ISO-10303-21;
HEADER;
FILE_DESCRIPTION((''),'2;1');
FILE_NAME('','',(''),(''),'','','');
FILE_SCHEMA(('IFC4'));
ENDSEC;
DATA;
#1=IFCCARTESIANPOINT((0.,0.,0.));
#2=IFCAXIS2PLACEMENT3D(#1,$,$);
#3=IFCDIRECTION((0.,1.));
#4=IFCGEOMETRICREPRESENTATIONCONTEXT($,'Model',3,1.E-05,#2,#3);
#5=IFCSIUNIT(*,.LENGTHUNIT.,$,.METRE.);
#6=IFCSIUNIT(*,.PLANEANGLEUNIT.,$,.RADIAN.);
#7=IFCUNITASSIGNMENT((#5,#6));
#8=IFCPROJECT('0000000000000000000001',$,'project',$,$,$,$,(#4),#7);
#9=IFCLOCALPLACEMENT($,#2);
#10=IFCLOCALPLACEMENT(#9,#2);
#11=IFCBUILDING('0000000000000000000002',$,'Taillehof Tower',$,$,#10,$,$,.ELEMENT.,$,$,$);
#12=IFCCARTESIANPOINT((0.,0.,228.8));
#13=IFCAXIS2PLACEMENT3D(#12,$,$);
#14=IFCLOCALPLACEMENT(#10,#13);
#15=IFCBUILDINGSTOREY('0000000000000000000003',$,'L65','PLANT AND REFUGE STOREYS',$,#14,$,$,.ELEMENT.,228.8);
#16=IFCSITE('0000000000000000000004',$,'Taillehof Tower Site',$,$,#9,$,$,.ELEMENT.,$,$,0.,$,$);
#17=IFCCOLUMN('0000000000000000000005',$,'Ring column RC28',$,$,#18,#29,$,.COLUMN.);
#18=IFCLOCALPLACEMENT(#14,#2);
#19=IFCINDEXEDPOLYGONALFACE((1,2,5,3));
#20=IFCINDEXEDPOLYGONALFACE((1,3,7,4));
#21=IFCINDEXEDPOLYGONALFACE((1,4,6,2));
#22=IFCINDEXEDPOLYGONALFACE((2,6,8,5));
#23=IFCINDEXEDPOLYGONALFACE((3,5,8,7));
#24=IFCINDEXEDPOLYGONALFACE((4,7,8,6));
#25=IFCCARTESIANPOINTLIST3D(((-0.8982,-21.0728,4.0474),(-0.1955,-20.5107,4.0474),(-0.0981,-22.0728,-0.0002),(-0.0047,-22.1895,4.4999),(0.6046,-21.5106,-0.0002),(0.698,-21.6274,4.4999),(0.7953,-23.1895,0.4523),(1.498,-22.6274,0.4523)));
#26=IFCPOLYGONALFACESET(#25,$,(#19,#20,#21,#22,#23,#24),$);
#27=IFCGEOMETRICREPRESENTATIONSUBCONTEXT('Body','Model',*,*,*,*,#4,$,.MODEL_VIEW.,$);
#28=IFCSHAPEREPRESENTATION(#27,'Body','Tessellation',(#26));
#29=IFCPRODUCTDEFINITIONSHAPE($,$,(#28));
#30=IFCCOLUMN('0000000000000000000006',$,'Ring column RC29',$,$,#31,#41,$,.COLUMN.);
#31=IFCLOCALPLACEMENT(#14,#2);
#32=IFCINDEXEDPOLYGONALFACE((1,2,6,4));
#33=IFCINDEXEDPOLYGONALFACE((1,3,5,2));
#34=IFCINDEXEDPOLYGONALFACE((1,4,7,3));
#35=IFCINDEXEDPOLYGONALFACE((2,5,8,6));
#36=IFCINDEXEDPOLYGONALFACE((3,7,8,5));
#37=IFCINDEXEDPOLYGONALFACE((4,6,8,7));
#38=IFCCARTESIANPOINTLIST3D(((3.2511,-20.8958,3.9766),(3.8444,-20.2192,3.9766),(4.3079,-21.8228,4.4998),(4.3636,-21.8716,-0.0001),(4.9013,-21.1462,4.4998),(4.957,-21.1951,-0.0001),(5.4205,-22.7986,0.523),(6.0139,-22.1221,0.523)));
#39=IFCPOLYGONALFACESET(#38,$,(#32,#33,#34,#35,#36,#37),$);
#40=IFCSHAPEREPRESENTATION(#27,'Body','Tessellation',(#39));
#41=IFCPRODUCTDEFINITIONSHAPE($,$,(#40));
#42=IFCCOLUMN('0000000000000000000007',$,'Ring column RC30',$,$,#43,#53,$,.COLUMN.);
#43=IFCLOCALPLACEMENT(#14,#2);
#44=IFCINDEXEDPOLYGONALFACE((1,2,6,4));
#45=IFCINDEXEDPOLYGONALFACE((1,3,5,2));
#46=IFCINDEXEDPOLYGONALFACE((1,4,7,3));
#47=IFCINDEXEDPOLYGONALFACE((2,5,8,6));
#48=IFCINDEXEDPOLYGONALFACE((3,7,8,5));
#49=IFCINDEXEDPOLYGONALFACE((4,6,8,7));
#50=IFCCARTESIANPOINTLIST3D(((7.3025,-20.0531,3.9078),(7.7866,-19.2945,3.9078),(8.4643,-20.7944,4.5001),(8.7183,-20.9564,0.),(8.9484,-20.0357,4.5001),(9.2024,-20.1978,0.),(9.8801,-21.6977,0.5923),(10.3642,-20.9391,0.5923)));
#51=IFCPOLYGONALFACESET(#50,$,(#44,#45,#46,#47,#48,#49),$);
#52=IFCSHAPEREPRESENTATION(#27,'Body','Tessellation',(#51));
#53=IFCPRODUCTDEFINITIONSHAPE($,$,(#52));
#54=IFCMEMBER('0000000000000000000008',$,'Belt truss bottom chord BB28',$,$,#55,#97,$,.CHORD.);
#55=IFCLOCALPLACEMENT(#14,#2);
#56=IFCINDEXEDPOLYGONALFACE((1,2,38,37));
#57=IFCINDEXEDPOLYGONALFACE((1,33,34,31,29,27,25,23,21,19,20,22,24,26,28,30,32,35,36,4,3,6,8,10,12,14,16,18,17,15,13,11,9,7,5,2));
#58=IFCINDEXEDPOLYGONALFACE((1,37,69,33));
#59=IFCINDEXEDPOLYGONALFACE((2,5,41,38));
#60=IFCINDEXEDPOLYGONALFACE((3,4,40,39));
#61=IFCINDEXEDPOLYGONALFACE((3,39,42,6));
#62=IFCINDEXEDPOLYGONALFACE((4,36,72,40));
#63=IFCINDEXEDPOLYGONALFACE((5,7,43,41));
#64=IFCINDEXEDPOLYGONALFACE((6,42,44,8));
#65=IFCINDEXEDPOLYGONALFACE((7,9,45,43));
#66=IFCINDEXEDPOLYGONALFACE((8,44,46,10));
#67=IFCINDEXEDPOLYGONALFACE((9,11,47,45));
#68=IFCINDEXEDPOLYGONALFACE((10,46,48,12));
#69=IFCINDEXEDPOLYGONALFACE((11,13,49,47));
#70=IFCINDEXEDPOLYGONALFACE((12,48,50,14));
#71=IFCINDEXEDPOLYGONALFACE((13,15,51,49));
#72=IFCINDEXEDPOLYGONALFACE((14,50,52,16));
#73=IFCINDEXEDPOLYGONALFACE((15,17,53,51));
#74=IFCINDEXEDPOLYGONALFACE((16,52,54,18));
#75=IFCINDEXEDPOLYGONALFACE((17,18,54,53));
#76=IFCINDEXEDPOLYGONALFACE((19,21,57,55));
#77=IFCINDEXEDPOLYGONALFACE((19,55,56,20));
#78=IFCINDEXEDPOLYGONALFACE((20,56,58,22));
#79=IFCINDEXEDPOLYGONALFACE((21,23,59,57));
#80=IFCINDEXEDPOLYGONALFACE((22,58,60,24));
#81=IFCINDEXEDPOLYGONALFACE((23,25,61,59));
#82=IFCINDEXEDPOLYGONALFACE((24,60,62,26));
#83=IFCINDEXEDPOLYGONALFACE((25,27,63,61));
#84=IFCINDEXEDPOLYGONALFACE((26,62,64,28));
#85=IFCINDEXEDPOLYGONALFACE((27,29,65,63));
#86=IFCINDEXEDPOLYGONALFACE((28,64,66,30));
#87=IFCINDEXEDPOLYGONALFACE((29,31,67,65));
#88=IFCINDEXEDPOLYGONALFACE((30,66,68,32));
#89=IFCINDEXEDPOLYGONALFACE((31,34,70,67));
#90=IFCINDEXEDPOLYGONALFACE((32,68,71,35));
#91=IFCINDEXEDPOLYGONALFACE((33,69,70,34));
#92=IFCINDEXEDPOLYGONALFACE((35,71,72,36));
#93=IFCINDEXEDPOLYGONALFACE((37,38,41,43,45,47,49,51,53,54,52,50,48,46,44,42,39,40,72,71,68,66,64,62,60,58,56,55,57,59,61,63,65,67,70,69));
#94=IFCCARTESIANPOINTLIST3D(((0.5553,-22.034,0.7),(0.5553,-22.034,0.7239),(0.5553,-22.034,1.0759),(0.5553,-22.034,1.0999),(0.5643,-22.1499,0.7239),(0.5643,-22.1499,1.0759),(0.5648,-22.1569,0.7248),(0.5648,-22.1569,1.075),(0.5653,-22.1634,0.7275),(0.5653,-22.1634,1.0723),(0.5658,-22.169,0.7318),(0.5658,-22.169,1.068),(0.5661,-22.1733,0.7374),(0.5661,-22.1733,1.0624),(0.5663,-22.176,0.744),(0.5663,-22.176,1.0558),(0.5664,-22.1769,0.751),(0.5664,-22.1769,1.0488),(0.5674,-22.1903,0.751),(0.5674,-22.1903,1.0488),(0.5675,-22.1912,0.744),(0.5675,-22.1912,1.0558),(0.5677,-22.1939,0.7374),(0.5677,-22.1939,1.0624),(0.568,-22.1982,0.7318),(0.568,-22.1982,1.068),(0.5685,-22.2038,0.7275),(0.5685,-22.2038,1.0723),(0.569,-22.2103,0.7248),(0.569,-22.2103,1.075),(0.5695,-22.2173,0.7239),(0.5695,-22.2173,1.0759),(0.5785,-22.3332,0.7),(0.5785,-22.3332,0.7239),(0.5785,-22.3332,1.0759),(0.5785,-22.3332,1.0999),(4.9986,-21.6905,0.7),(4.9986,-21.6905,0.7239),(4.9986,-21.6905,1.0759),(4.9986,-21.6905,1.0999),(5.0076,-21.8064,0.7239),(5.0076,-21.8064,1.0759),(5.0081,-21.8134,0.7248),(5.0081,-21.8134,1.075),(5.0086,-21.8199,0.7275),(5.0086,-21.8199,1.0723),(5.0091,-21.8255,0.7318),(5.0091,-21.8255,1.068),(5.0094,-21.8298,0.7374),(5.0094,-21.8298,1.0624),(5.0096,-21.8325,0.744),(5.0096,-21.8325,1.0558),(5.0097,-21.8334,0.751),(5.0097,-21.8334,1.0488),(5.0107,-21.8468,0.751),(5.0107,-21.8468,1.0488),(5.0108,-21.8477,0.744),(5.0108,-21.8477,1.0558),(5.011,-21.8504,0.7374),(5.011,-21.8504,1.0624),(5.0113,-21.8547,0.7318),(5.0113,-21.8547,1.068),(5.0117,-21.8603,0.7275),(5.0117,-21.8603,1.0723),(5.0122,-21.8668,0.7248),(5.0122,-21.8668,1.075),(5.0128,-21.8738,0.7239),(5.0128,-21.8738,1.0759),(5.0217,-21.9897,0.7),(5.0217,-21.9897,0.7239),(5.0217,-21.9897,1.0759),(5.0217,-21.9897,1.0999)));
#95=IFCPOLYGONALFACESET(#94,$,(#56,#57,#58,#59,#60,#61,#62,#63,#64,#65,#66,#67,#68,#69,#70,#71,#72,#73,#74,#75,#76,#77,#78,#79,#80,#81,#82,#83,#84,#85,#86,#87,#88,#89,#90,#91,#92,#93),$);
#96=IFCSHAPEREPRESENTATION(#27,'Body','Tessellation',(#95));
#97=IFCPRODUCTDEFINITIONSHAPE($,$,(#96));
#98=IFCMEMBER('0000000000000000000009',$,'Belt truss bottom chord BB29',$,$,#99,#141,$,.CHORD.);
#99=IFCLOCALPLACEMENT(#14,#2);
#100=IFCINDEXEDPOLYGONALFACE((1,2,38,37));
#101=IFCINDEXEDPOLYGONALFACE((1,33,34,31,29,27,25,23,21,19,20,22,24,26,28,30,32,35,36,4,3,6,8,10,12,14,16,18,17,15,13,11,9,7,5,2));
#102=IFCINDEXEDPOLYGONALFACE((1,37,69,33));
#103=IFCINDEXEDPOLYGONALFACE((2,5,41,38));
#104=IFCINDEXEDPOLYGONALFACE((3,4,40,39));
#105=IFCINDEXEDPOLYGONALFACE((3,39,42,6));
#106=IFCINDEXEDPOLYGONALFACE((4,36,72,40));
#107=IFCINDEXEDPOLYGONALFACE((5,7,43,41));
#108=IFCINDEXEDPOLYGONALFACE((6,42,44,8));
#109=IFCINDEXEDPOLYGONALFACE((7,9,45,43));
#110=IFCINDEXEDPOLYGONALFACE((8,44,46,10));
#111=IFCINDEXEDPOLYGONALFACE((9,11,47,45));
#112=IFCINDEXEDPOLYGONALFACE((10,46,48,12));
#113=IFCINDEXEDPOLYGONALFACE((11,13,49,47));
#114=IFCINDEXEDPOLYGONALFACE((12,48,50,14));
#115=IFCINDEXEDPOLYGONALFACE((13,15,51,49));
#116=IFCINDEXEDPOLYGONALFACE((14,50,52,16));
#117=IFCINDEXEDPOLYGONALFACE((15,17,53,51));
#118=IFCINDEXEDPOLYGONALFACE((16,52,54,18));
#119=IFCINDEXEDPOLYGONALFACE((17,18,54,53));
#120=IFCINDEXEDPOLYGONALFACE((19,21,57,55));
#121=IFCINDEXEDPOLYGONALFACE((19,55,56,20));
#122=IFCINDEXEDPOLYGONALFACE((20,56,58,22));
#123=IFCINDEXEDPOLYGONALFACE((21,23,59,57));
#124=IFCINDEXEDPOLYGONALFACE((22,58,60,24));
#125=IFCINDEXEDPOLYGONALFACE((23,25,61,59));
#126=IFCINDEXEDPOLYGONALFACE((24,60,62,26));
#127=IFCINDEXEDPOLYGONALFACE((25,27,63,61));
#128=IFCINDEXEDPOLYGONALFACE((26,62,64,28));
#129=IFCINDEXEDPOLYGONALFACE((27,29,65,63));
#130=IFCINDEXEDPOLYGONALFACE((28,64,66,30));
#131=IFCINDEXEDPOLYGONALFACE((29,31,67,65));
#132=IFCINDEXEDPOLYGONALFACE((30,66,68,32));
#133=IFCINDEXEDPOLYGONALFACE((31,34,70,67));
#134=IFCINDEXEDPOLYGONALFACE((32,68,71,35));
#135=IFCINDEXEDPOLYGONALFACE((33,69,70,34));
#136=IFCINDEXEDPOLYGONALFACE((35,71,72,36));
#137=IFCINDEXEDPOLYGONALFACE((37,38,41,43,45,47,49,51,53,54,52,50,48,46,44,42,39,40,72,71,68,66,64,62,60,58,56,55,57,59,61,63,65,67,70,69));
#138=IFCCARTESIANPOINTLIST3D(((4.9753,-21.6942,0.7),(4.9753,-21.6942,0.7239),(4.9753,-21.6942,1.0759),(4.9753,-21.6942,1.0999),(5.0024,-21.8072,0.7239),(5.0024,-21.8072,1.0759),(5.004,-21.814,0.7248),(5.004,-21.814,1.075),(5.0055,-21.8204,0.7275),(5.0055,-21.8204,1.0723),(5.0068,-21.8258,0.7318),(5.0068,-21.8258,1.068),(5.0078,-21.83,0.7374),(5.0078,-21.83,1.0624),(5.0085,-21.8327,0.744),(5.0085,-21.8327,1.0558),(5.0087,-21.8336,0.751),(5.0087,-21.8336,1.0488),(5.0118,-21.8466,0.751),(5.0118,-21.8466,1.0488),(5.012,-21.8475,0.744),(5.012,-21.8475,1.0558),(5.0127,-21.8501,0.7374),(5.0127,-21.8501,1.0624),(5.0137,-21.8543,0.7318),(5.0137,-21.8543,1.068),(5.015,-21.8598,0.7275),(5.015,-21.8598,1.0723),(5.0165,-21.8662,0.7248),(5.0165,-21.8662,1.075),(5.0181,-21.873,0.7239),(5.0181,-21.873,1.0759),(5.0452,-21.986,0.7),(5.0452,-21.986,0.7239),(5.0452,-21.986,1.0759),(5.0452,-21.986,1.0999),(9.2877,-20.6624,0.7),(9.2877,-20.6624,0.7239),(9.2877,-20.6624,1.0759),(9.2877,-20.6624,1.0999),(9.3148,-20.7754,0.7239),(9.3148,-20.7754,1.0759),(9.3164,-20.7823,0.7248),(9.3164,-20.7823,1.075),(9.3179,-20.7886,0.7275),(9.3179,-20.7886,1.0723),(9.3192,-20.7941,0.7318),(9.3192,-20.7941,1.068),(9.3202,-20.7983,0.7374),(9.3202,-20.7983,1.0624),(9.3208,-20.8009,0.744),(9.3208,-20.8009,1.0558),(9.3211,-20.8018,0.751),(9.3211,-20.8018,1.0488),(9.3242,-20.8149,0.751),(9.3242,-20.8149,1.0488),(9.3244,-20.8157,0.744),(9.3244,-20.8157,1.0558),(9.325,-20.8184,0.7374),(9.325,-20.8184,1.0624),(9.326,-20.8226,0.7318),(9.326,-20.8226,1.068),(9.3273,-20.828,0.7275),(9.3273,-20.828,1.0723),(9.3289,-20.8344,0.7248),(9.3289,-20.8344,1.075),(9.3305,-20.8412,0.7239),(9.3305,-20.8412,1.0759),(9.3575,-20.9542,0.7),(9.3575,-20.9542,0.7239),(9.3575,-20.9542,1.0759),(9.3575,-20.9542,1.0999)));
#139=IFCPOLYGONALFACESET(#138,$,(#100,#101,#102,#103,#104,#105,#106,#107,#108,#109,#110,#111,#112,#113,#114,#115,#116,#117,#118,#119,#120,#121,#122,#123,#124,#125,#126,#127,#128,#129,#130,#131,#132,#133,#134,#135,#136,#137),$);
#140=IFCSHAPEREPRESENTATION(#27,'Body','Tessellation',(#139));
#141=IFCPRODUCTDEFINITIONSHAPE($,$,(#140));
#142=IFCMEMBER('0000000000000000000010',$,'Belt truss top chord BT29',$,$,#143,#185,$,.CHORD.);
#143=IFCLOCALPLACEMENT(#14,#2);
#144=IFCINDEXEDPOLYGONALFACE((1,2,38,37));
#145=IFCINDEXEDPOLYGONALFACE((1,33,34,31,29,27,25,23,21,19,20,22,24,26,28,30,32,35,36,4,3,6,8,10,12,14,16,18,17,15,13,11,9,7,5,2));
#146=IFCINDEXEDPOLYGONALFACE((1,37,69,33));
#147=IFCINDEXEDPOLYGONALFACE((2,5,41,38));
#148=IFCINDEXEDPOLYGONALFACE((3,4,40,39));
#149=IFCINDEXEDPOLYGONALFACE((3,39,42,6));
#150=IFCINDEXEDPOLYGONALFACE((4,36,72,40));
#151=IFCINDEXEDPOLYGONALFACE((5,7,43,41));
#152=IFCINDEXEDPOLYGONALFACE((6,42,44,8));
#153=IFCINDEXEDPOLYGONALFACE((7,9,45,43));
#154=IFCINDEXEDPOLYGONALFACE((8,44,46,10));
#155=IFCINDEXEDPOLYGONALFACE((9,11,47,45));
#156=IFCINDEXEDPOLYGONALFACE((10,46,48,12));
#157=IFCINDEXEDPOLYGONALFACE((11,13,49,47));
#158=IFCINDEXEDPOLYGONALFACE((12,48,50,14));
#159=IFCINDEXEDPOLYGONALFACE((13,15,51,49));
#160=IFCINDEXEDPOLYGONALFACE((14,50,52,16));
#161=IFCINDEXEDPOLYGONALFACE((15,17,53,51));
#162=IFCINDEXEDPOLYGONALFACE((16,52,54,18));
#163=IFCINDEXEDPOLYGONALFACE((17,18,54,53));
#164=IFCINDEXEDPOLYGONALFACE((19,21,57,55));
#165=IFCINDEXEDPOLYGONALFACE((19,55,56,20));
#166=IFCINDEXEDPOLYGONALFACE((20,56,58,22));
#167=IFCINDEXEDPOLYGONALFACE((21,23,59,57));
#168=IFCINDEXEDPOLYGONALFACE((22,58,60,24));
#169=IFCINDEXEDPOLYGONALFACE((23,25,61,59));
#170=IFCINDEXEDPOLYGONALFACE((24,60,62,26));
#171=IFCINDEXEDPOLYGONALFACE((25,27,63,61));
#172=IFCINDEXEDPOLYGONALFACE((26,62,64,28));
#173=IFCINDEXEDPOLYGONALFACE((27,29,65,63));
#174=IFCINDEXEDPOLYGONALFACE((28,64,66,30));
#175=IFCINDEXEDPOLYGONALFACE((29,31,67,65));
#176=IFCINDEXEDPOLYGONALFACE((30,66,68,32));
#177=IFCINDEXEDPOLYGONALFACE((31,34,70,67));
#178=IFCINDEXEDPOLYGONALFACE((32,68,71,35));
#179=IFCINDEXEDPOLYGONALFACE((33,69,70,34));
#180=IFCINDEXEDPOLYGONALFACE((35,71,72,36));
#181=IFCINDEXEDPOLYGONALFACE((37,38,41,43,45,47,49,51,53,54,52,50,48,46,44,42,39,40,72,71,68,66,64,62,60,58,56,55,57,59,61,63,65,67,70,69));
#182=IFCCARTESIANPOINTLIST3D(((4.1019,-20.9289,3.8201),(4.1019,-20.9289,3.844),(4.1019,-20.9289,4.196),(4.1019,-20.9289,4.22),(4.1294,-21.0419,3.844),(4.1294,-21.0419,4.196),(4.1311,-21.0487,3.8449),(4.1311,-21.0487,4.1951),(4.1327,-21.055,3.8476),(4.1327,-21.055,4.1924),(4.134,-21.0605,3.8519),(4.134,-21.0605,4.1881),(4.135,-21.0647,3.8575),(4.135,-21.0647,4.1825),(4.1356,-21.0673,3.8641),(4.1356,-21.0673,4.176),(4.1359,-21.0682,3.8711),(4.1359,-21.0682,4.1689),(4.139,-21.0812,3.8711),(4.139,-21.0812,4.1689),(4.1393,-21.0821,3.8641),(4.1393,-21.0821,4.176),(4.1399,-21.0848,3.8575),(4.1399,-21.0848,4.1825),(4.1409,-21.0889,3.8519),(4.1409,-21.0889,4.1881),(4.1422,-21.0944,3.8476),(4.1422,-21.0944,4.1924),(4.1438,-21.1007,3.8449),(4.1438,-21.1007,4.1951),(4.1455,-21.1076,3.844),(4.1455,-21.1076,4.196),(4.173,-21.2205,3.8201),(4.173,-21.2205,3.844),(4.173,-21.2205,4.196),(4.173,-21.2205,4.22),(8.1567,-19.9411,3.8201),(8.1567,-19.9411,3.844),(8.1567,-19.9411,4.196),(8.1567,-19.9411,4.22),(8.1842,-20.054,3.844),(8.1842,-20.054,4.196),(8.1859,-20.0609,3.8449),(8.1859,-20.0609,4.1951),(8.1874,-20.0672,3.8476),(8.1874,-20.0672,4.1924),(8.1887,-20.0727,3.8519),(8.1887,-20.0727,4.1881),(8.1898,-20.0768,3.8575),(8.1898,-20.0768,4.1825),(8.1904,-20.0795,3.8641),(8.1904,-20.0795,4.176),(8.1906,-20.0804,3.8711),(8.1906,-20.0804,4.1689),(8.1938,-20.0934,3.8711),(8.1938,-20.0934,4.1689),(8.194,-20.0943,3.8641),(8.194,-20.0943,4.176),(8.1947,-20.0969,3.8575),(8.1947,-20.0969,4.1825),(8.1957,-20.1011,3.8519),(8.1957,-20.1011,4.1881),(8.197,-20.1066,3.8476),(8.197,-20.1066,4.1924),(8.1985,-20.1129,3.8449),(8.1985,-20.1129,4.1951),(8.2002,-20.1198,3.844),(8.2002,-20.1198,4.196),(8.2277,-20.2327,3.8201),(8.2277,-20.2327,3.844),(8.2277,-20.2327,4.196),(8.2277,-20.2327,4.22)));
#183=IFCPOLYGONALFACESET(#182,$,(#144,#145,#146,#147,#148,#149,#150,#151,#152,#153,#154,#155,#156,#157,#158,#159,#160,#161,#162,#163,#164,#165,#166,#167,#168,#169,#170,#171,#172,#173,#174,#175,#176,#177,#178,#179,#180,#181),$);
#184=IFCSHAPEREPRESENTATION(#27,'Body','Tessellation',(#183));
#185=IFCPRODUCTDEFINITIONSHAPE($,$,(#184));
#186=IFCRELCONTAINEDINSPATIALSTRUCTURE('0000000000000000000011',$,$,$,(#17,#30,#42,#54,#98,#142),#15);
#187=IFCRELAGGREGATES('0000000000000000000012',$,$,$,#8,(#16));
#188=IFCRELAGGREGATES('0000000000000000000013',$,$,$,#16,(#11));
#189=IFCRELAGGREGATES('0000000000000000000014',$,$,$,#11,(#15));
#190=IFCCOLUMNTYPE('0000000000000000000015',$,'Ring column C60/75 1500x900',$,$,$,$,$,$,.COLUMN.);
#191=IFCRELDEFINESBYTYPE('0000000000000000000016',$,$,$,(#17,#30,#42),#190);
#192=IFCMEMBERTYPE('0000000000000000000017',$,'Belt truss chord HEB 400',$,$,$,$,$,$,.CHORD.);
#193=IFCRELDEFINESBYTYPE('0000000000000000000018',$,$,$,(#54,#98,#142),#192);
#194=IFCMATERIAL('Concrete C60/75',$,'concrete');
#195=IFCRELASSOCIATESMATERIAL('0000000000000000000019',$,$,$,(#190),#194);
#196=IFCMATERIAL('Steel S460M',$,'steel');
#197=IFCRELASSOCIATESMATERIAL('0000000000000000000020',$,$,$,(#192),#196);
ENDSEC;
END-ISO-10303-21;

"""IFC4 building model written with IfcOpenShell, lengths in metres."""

from ifc_helpers import new_model, si_unit, direction, frame, origin, origin_2d, place, context, subcontext, project, spatial, rectangle, i_section, extrude, material, material_profile, profile_set, type_object, element, save


model = new_model("IFC4")

# Units and contexts
model_context = context("Model", 3, precision=1e-05, world=origin(), true_north=direction((0.0, 1.0)))
body_context = subcontext(model_context, "Body", "Model", "MODEL_VIEW")
ifc_project = project(units=[si_unit("LENGTHUNIT", "METRE"), si_unit("PLANEANGLEUNIT", "RADIAN")], contexts=[model_context])

# Site, building, storey
site_placement = place(None, origin())
site = spatial("IfcSite", under=ifc_project, at=site_placement, Name="Taillehof Tower Site", CompositionType="ELEMENT", RefElevation=0.0)
building_placement = place(site_placement, origin())
building = spatial("IfcBuilding", under=site, at=building_placement, Name="Taillehof Tower", CompositionType="ELEMENT")
storey_placement = place(building_placement, frame((0.0, 0.0, 228.8)))
storey = spatial("IfcBuildingStorey", under=building, at=storey_placement, Name="L65", Description="PLANT AND REFUGE STOREYS", CompositionType="ELEMENT", Elevation=228.8)

# Columns
ifc_material_1 = material(Name="Concrete C60/75", Category="concrete")
ifc_material_profile_1 = material_profile(ifc_material_1, rectangle(XDim=1.5, YDim=0.8999, at=origin_2d()), Name="RC 1500x900")
ifc_profile_set_1 = profile_set([ifc_material_profile_1], Name="Concrete C60/75")
column_type = type_object("IfcColumnType", Name="Ring column C60/75 1500x900", PredefinedType="COLUMN", material=ifc_profile_set_1)
column_1_placement = place(storey_placement, frame((0.7, -22.3501, 0.2261), z_axis=(-0.188452, 0.23555, 0.953416), x_axis=(0.595616, -0.744475, 0.301659)))
element("IfcColumn", 1, at=column_1_placement, inside=storey, type_object=column_type, Name="Ring column RC28", PredefinedType="COLUMN", context=body_context, shape_type="SweptSolid", body=[
    extrude(rectangle(XDim=1.5, YDim=0.8999, at=origin_2d()), origin(), (0.0, 0.0, 1.0), 4.2454),
])
column_2_placement = place(storey_placement, frame((5.1887, -21.9968, 0.2615), z_axis=(-0.262194, 0.229973, 0.937212), x_axis=(0.704586, -0.618001, 0.34876)))
element("IfcColumn", 2, at=column_2_placement, inside=storey, type_object=column_type, Name="Ring column RC29", PredefinedType="COLUMN", context=body_context, shape_type="SweptSolid", body=[
    extrude(rectangle(XDim=1.5, YDim=0.8999, at=origin_2d()), origin(), (0.0, 0.0, 1.0), 4.2432),
])
column_3_placement = place(storey_placement, frame((9.5413, -20.9478, 0.2961), z_axis=(-0.332864, 0.212381, 0.918747), x_axis=(0.774523, -0.494177, 0.394846)))
element("IfcColumn", 3, at=column_3_placement, inside=storey, type_object=column_type, Name="Ring column RC30", PredefinedType="COLUMN", context=body_context, shape_type="SweptSolid", body=[
    extrude(rectangle(XDim=1.5, YDim=0.8999, at=origin_2d()), origin(), (0.0, 0.0, 1.0), 4.2534),
])

# Members
ifc_material_2 = material(Name="Steel S460M", Category="steel")
ifc_material_profile_2 = material_profile(ifc_material_2, i_section(OverallWidth=0.3, OverallDepth=0.3999, WebThickness=0.0134, FlangeThickness=0.0239, FilletRadius=0.0271, at=origin_2d()), Name="HEB 400")
ifc_profile_set_2 = profile_set([ifc_material_profile_2], Name="Steel S460M")
member_type_1 = type_object("IfcMemberType", Name="Belt truss chord HEB 400", PredefinedType="CHORD", material=ifc_profile_set_2)
member_1_placement = place(storey_placement, frame((0.5669, -22.1836, 0.8999), z_axis=(0.997025, 0.077078, 0.0), x_axis=(-0.077078, 0.997025, 0.0)))
element("IfcMember", 4, at=member_1_placement, inside=storey, type_object=member_type_1, Name="Belt truss bottom chord BB28", PredefinedType="CHORD", context=body_context, shape_type="SweptSolid", body=[
    extrude(i_section(OverallWidth=0.3, OverallDepth=0.3999, WebThickness=0.0134, FlangeThickness=0.0239, FilletRadius=0.0271, at=origin_2d()), origin(), (0.0, 0.0, 1.0), 4.4565),
])
member_2_placement = place(storey_placement, frame((5.0103, -21.8401, 0.8999), z_axis=(0.972551, 0.23269, 0.0), x_axis=(-0.23269, 0.972551, 0.0)))
element("IfcMember", 5, at=member_2_placement, inside=storey, type_object=member_type_1, Name="Belt truss bottom chord BB29", PredefinedType="CHORD", context=body_context, shape_type="SweptSolid", body=[
    extrude(i_section(OverallWidth=0.3, OverallDepth=0.3999, WebThickness=0.0134, FlangeThickness=0.0239, FilletRadius=0.0271, at=origin_2d()), origin(), (0.0, 0.0, 1.0), 4.4341),
])
member_3_placement = place(storey_placement, frame((4.1375, -21.0747, 4.02), z_axis=(0.971584, 0.236695, 0.0), x_axis=(-0.236695, 0.971584, 0.0)))
element("IfcMember", 6, at=member_3_placement, inside=storey, type_object=member_type_1, Name="Belt truss top chord BT29", PredefinedType="CHORD", context=body_context, shape_type="SweptSolid", body=[
    extrude(i_section(OverallWidth=0.3, OverallDepth=0.3999, WebThickness=0.0134, FlangeThickness=0.0239, FilletRadius=0.0271, at=origin_2d()), origin(), (0.0, 0.0, 1.0), 4.1733),
])

save(model, "model.ifc")
